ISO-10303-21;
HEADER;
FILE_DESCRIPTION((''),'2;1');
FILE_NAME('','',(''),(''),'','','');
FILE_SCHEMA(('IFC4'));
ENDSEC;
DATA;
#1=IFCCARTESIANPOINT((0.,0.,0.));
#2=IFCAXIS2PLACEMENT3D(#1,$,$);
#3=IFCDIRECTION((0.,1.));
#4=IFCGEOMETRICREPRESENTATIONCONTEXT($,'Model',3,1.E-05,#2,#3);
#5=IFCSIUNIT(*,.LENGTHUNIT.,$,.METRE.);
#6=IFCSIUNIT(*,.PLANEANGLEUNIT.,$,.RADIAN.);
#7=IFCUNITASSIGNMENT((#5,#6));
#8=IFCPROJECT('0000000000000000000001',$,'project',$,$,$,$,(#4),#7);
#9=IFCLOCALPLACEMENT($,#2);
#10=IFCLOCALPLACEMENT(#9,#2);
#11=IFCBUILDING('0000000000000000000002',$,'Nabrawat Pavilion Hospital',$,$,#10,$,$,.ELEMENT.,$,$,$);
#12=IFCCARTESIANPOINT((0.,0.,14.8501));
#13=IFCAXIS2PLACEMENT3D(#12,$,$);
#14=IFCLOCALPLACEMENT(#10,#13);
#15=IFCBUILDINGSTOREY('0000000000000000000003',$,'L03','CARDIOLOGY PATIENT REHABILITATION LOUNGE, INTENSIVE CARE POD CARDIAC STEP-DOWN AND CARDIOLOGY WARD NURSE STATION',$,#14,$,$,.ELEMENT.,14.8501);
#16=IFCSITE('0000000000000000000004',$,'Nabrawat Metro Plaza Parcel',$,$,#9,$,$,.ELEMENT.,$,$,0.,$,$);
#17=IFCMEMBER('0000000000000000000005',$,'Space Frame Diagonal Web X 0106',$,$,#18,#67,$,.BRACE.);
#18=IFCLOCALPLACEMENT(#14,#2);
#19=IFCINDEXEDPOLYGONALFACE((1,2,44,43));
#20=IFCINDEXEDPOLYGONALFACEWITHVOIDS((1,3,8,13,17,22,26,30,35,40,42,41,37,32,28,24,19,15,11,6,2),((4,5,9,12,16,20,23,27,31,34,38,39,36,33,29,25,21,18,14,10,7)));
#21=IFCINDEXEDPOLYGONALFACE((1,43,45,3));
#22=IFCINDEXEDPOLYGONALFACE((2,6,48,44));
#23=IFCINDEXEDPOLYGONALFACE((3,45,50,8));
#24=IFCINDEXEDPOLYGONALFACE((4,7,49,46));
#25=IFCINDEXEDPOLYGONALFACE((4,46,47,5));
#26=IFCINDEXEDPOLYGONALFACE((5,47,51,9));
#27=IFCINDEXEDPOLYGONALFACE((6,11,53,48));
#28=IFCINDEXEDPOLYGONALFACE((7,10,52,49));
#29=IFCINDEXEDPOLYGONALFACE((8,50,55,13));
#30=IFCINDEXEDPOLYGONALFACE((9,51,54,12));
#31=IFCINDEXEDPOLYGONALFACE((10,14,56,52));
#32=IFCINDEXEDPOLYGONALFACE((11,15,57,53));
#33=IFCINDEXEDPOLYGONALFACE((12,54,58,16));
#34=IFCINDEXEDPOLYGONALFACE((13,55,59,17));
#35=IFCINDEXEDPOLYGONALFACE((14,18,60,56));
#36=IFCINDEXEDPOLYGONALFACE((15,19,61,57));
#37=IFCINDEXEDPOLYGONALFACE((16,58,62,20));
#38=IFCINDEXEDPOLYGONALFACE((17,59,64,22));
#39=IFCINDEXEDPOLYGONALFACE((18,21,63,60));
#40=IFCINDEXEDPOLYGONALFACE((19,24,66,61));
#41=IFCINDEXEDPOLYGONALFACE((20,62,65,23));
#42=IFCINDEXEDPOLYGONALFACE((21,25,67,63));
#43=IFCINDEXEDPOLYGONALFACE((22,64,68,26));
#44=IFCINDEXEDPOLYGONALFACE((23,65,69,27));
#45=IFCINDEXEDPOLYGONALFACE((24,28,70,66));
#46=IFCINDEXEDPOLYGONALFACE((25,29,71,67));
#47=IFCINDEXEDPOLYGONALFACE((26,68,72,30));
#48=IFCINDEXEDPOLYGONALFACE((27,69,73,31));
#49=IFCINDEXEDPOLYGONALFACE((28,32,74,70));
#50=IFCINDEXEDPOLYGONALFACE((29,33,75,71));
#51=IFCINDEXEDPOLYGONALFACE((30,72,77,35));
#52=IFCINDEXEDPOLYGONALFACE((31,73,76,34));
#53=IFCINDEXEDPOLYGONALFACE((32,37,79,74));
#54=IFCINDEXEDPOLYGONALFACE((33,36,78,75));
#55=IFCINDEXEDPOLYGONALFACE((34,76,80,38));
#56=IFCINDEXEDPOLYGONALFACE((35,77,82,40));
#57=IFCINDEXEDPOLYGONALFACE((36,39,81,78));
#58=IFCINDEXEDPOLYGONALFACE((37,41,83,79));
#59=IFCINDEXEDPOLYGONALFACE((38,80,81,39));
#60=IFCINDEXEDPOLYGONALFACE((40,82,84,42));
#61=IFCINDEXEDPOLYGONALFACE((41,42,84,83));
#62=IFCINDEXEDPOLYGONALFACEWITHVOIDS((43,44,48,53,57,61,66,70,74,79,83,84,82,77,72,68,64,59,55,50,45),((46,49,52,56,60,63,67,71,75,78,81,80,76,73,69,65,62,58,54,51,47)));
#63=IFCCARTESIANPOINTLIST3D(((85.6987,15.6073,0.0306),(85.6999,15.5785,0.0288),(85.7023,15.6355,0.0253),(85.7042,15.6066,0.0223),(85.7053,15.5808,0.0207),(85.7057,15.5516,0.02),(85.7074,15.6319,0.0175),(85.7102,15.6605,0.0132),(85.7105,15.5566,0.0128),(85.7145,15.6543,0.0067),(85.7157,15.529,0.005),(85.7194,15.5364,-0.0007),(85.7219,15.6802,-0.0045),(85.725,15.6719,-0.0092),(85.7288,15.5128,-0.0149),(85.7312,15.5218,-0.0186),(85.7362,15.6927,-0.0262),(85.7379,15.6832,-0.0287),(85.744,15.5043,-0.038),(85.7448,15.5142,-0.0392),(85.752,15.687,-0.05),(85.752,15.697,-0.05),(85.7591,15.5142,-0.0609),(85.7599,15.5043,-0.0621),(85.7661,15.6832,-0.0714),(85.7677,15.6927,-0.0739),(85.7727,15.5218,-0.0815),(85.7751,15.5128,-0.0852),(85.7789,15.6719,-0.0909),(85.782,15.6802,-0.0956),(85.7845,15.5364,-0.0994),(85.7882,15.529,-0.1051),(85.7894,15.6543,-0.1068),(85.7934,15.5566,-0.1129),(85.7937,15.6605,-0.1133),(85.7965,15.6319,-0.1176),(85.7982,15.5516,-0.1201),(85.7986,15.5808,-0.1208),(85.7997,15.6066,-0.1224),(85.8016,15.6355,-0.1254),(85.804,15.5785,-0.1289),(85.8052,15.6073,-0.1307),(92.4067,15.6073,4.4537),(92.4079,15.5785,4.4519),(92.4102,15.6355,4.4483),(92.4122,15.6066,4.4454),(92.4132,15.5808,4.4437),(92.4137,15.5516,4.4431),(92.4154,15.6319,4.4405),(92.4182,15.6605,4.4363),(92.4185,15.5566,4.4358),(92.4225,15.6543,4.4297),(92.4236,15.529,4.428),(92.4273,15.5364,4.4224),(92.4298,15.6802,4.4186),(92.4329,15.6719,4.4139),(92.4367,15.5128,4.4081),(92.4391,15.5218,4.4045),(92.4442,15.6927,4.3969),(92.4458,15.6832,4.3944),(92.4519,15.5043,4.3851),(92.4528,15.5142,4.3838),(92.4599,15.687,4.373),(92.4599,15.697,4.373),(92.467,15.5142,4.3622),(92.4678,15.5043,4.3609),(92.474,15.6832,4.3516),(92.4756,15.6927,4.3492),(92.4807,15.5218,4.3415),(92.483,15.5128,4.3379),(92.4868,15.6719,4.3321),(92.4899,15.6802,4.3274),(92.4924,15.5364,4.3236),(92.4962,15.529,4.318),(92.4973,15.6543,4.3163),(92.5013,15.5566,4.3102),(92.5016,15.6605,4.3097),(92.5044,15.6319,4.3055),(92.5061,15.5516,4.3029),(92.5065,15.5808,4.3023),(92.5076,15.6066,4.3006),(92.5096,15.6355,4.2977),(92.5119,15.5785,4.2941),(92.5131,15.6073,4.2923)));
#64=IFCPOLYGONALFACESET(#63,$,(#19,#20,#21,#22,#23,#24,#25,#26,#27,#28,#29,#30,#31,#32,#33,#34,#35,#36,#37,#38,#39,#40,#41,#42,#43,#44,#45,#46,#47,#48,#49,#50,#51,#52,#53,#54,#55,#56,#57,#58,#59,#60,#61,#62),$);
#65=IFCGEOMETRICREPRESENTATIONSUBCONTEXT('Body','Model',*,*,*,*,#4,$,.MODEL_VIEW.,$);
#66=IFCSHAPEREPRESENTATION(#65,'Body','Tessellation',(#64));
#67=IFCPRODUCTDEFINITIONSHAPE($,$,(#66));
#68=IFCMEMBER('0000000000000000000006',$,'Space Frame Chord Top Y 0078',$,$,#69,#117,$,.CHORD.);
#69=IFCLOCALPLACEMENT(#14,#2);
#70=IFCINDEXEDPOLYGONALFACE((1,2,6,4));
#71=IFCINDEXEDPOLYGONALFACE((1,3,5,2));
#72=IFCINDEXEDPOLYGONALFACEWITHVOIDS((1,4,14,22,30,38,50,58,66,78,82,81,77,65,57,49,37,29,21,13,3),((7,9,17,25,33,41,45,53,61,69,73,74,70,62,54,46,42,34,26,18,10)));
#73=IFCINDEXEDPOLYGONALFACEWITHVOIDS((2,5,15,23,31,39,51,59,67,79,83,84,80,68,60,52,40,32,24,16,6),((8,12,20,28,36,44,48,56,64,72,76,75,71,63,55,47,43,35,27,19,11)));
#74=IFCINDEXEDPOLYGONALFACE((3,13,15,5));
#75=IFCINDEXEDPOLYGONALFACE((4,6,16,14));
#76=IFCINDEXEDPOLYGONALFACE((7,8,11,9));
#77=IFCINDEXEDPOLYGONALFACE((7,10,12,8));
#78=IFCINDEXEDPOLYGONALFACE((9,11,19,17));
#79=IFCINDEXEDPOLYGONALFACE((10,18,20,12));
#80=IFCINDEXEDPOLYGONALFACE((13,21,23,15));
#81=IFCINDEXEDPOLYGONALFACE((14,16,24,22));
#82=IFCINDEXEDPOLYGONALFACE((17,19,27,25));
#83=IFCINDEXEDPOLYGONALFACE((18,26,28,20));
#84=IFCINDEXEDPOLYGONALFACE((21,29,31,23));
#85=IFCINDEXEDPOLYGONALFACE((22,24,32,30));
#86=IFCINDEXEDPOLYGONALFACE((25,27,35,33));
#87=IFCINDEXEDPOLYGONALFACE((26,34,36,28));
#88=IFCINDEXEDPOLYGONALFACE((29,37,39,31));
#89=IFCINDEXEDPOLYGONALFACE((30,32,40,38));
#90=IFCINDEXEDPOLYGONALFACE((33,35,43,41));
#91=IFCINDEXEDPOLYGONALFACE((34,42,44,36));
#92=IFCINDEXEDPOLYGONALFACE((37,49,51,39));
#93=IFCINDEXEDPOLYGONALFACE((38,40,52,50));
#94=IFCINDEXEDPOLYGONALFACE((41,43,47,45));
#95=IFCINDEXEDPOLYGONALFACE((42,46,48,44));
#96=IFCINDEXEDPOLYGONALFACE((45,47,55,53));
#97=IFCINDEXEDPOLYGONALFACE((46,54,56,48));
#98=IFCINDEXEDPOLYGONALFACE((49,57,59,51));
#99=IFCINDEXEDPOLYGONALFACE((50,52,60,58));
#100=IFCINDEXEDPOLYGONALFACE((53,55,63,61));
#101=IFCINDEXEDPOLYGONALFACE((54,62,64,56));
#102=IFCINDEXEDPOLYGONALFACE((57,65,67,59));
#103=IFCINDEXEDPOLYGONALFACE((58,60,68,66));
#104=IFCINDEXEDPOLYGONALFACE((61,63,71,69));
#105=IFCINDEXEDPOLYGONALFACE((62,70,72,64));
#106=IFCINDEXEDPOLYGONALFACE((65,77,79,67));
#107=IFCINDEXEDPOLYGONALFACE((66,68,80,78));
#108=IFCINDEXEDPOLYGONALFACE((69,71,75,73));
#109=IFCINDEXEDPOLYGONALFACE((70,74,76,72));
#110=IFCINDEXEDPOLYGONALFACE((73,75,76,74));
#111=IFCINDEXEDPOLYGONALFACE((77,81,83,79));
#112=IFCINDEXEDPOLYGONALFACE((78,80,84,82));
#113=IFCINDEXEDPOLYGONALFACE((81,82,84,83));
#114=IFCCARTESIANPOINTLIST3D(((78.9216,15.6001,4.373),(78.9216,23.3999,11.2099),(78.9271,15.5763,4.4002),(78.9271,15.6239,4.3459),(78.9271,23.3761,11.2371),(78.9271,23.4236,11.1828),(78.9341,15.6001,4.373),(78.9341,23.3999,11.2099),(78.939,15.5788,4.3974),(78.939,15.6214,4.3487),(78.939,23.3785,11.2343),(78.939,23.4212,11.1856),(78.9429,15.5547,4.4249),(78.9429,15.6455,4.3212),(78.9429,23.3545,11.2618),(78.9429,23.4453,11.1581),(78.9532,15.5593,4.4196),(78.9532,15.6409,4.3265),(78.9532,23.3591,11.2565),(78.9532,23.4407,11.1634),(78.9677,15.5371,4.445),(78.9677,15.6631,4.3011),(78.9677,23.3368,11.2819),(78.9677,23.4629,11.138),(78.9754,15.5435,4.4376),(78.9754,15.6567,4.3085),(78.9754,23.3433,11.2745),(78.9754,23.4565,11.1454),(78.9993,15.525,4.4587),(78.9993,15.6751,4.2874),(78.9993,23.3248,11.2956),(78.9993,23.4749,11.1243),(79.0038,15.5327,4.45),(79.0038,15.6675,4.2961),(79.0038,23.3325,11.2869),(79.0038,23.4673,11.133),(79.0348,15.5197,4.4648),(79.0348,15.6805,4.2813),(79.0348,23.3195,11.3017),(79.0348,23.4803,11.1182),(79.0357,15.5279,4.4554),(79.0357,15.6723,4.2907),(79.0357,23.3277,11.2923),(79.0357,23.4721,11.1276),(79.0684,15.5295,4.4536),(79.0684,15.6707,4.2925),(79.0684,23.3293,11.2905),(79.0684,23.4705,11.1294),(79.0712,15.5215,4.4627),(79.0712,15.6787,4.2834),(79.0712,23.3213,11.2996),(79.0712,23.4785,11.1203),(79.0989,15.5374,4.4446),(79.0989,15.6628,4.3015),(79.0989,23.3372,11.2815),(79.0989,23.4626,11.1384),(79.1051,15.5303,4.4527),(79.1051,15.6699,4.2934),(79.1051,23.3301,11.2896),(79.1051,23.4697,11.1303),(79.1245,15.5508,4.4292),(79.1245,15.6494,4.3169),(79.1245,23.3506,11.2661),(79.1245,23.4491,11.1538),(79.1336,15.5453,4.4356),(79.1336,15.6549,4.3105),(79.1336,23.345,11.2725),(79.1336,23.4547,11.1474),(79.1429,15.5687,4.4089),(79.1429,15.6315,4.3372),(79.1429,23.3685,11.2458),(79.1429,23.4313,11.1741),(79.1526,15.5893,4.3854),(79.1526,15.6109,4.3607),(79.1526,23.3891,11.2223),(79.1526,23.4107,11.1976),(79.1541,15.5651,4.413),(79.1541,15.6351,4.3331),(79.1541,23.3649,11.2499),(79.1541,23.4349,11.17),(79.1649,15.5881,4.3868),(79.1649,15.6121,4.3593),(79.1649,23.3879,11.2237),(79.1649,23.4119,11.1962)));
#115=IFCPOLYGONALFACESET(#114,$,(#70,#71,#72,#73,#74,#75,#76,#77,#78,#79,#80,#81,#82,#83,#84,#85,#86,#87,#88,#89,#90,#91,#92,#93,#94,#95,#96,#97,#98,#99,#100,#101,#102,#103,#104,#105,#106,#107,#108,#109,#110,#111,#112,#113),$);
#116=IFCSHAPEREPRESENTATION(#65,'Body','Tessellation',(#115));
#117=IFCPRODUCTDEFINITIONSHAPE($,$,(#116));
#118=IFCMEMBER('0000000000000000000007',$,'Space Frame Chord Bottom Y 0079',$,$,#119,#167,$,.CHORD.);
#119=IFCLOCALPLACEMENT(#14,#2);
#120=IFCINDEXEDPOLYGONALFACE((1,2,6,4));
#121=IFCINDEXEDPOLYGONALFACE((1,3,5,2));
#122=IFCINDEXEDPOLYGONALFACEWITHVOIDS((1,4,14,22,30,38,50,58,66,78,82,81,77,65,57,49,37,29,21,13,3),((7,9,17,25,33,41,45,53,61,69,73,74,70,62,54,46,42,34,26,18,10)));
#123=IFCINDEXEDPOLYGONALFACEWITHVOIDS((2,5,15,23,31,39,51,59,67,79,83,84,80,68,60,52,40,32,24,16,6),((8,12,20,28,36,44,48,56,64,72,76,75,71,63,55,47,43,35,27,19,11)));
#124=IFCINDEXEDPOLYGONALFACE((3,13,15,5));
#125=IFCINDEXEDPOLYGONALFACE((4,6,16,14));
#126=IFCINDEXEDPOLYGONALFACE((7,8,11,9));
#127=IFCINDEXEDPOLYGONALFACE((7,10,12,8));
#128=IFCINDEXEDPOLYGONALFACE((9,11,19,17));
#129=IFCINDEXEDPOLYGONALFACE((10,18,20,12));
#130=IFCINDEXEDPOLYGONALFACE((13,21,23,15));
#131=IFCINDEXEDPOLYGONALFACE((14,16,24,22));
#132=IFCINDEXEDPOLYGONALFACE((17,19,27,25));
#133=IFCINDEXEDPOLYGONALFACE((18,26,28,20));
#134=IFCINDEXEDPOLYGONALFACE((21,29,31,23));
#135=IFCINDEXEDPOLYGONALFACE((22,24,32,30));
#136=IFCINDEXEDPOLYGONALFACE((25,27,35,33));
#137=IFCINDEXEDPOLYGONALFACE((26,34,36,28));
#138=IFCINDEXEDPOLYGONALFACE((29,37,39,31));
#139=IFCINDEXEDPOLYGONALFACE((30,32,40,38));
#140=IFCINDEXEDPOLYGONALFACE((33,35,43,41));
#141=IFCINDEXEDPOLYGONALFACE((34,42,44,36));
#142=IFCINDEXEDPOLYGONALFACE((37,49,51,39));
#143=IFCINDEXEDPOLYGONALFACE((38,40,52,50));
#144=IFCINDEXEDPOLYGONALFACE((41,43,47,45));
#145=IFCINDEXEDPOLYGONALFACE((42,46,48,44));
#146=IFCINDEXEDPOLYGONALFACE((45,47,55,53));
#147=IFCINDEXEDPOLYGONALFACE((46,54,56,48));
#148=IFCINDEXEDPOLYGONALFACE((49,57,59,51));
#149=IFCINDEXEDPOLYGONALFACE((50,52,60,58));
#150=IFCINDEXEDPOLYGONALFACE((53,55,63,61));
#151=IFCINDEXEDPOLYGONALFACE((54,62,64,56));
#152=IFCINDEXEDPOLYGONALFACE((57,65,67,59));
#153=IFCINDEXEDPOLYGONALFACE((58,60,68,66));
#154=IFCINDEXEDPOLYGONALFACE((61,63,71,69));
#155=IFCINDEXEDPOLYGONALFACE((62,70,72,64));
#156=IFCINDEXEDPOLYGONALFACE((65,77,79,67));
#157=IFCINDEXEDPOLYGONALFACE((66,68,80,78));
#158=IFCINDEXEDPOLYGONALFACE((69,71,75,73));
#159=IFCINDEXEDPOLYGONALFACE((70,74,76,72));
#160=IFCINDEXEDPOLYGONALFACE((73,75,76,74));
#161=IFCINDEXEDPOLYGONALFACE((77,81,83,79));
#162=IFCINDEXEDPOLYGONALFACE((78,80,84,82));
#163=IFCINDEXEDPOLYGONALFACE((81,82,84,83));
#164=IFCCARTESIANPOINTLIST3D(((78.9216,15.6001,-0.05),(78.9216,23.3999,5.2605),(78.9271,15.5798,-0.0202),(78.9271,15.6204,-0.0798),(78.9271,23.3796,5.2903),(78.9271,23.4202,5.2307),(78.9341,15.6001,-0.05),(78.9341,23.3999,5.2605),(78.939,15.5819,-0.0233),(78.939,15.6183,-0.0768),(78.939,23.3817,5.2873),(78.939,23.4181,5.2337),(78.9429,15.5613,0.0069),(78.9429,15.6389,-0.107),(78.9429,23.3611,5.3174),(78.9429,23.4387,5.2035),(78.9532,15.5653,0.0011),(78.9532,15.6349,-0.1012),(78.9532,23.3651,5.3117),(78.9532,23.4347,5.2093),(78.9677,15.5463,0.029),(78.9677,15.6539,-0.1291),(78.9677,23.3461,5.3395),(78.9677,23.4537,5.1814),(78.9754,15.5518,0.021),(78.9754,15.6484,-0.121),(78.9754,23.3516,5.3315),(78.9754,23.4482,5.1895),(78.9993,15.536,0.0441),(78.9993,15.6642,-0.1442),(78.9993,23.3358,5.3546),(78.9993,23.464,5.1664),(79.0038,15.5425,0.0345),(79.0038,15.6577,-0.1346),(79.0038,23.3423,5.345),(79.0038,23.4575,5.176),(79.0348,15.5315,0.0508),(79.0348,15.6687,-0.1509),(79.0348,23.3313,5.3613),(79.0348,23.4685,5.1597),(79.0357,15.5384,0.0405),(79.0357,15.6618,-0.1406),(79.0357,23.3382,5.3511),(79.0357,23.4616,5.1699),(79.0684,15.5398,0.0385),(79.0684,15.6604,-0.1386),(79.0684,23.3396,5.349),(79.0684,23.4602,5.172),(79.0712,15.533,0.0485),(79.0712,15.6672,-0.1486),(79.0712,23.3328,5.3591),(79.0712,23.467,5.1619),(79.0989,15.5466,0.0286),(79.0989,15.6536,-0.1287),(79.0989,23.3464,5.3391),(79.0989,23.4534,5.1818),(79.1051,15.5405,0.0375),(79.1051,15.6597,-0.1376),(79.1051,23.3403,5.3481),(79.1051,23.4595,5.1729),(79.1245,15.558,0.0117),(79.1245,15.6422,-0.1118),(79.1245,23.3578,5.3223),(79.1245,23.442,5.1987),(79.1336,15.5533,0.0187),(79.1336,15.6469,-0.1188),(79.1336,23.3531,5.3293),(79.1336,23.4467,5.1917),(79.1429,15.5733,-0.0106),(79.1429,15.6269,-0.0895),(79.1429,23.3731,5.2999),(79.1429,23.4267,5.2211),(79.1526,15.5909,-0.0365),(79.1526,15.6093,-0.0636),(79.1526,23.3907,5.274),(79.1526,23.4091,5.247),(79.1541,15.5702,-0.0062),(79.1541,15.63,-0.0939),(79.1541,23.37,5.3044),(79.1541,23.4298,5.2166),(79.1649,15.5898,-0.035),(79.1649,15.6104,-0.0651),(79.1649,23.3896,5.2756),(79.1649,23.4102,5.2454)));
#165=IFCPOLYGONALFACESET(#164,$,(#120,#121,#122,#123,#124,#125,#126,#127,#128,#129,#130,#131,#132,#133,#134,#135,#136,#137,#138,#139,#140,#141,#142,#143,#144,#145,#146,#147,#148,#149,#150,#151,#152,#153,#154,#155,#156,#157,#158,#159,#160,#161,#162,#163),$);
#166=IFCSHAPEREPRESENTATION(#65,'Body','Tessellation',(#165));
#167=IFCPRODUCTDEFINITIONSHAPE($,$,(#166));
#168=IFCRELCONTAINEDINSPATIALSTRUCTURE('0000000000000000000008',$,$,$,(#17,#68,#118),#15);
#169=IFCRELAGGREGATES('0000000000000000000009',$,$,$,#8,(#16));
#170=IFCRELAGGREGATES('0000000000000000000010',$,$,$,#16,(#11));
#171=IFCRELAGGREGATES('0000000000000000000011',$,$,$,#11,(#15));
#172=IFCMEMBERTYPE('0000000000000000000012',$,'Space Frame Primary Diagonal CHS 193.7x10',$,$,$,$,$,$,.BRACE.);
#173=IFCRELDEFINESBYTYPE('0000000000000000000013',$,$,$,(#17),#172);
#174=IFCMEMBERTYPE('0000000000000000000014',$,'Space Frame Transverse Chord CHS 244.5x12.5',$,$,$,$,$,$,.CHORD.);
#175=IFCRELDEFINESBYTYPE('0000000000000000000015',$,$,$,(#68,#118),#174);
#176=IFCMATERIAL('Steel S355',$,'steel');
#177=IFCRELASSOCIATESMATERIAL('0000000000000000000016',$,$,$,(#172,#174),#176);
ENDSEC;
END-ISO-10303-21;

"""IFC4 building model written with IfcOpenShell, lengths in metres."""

from ifc_helpers import new_model, si_unit, direction, frame, origin, origin_2d, place, context, subcontext, project, spatial, hollow_circle, extrude, material, material_profile, profile_set, type_object, element, save


model = new_model("IFC4")

# Units and contexts
model_context = context("Model", 3, precision=1e-05, world=origin(), true_north=direction((0.0, 1.0)))
body_context = subcontext(model_context, "Body", "Model", "MODEL_VIEW")
ifc_project = project(units=[si_unit("LENGTHUNIT", "METRE"), si_unit("PLANEANGLEUNIT", "RADIAN")], contexts=[model_context])

# Site, building, storey
site_placement = place(None, origin())
site = spatial("IfcSite", under=ifc_project, at=site_placement, Name="Nabrawat Metro Plaza Parcel", CompositionType="ELEMENT", RefElevation=0.0)
building_placement = place(site_placement, origin())
building = spatial("IfcBuilding", under=site, at=building_placement, Name="Nabrawat Pavilion Hospital", CompositionType="ELEMENT")
storey_placement = place(building_placement, frame((0.0, 0.0, 14.8501)))
storey = spatial("IfcBuildingStorey", under=building, at=storey_placement, Name="L03", Description="CARDIOLOGY PATIENT REHABILITATION LOUNGE, INTENSIVE CARE POD CARDIAC STEP-DOWN AND CARDIOLOGY WARD NURSE STATION", CompositionType="ELEMENT", Elevation=14.8501)

# Shared definitions
ifc_material = material(Name="Steel S355", Category="steel")

# Members
ifc_material_profile_1 = material_profile(ifc_material, hollow_circle(Radius=0.0969, WallThickness=0.01, at=origin_2d()), Name="CHS 193.7x10")
ifc_profile_set_1 = profile_set([ifc_material_profile_1], Name="Steel S355")
member_type_1 = type_object("IfcMemberType", Name="Space Frame Primary Diagonal CHS 193.7x10", PredefinedType="BRACE", material=ifc_profile_set_1)
member_1_placement = place(storey_placement, frame((85.752, 15.6001, -0.05), z_axis=(0.834849, 0.0, 0.550479), x_axis=(0.0, 1.0, 0.0)))
element("IfcMember", 1, at=member_1_placement, inside=storey, type_object=member_type_1, Name="Space Frame Diagonal Web X 0106", PredefinedType="BRACE", context=body_context, shape_type="SweptSolid", body=[
    extrude(hollow_circle(Radius=0.0969, WallThickness=0.01, at=origin_2d()), origin(), (0.0, 0.0, 1.0), 8.0349),
])
ifc_material_profile_2 = material_profile(ifc_material, hollow_circle(Radius=0.1223, WallThickness=0.0125, at=origin_2d()), Name="CHS 244.5x12.5")
ifc_profile_set_2 = profile_set([ifc_material_profile_2], Name="Steel S355")
member_type_2 = type_object("IfcMemberType", Name="Space Frame Transverse Chord CHS 244.5x12.5", PredefinedType="CHORD", material=ifc_profile_set_2)
member_2_placement = place(storey_placement, frame((79.0439, 15.6001, 4.373), z_axis=(0.0, 0.751999, 0.659164), x_axis=(-1.0, 0.0, 0.0)))
element("IfcMember", 2, at=member_2_placement, inside=storey, type_object=member_type_2, Name="Space Frame Chord Top Y 0078", PredefinedType="CHORD", context=body_context, shape_type="SweptSolid", body=[
    extrude(hollow_circle(Radius=0.1223, WallThickness=0.0125, at=origin_2d()), origin(), (0.0, 0.0, 1.0), 10.3721),
])
member_3_placement = place(storey_placement, frame((79.0439, 15.6001, -0.05), z_axis=(0.0, 0.826597, 0.562794), x_axis=(-1.0, 0.0, 0.0)))
element("IfcMember", 3, at=member_3_placement, inside=storey, type_object=member_type_2, Name="Space Frame Chord Bottom Y 0079", PredefinedType="CHORD", context=body_context, shape_type="SweptSolid", body=[
    extrude(hollow_circle(Radius=0.1223, WallThickness=0.0125, at=origin_2d()), origin(), (0.0, 0.0, 1.0), 9.436),
])

save(model, "model.ifc")
